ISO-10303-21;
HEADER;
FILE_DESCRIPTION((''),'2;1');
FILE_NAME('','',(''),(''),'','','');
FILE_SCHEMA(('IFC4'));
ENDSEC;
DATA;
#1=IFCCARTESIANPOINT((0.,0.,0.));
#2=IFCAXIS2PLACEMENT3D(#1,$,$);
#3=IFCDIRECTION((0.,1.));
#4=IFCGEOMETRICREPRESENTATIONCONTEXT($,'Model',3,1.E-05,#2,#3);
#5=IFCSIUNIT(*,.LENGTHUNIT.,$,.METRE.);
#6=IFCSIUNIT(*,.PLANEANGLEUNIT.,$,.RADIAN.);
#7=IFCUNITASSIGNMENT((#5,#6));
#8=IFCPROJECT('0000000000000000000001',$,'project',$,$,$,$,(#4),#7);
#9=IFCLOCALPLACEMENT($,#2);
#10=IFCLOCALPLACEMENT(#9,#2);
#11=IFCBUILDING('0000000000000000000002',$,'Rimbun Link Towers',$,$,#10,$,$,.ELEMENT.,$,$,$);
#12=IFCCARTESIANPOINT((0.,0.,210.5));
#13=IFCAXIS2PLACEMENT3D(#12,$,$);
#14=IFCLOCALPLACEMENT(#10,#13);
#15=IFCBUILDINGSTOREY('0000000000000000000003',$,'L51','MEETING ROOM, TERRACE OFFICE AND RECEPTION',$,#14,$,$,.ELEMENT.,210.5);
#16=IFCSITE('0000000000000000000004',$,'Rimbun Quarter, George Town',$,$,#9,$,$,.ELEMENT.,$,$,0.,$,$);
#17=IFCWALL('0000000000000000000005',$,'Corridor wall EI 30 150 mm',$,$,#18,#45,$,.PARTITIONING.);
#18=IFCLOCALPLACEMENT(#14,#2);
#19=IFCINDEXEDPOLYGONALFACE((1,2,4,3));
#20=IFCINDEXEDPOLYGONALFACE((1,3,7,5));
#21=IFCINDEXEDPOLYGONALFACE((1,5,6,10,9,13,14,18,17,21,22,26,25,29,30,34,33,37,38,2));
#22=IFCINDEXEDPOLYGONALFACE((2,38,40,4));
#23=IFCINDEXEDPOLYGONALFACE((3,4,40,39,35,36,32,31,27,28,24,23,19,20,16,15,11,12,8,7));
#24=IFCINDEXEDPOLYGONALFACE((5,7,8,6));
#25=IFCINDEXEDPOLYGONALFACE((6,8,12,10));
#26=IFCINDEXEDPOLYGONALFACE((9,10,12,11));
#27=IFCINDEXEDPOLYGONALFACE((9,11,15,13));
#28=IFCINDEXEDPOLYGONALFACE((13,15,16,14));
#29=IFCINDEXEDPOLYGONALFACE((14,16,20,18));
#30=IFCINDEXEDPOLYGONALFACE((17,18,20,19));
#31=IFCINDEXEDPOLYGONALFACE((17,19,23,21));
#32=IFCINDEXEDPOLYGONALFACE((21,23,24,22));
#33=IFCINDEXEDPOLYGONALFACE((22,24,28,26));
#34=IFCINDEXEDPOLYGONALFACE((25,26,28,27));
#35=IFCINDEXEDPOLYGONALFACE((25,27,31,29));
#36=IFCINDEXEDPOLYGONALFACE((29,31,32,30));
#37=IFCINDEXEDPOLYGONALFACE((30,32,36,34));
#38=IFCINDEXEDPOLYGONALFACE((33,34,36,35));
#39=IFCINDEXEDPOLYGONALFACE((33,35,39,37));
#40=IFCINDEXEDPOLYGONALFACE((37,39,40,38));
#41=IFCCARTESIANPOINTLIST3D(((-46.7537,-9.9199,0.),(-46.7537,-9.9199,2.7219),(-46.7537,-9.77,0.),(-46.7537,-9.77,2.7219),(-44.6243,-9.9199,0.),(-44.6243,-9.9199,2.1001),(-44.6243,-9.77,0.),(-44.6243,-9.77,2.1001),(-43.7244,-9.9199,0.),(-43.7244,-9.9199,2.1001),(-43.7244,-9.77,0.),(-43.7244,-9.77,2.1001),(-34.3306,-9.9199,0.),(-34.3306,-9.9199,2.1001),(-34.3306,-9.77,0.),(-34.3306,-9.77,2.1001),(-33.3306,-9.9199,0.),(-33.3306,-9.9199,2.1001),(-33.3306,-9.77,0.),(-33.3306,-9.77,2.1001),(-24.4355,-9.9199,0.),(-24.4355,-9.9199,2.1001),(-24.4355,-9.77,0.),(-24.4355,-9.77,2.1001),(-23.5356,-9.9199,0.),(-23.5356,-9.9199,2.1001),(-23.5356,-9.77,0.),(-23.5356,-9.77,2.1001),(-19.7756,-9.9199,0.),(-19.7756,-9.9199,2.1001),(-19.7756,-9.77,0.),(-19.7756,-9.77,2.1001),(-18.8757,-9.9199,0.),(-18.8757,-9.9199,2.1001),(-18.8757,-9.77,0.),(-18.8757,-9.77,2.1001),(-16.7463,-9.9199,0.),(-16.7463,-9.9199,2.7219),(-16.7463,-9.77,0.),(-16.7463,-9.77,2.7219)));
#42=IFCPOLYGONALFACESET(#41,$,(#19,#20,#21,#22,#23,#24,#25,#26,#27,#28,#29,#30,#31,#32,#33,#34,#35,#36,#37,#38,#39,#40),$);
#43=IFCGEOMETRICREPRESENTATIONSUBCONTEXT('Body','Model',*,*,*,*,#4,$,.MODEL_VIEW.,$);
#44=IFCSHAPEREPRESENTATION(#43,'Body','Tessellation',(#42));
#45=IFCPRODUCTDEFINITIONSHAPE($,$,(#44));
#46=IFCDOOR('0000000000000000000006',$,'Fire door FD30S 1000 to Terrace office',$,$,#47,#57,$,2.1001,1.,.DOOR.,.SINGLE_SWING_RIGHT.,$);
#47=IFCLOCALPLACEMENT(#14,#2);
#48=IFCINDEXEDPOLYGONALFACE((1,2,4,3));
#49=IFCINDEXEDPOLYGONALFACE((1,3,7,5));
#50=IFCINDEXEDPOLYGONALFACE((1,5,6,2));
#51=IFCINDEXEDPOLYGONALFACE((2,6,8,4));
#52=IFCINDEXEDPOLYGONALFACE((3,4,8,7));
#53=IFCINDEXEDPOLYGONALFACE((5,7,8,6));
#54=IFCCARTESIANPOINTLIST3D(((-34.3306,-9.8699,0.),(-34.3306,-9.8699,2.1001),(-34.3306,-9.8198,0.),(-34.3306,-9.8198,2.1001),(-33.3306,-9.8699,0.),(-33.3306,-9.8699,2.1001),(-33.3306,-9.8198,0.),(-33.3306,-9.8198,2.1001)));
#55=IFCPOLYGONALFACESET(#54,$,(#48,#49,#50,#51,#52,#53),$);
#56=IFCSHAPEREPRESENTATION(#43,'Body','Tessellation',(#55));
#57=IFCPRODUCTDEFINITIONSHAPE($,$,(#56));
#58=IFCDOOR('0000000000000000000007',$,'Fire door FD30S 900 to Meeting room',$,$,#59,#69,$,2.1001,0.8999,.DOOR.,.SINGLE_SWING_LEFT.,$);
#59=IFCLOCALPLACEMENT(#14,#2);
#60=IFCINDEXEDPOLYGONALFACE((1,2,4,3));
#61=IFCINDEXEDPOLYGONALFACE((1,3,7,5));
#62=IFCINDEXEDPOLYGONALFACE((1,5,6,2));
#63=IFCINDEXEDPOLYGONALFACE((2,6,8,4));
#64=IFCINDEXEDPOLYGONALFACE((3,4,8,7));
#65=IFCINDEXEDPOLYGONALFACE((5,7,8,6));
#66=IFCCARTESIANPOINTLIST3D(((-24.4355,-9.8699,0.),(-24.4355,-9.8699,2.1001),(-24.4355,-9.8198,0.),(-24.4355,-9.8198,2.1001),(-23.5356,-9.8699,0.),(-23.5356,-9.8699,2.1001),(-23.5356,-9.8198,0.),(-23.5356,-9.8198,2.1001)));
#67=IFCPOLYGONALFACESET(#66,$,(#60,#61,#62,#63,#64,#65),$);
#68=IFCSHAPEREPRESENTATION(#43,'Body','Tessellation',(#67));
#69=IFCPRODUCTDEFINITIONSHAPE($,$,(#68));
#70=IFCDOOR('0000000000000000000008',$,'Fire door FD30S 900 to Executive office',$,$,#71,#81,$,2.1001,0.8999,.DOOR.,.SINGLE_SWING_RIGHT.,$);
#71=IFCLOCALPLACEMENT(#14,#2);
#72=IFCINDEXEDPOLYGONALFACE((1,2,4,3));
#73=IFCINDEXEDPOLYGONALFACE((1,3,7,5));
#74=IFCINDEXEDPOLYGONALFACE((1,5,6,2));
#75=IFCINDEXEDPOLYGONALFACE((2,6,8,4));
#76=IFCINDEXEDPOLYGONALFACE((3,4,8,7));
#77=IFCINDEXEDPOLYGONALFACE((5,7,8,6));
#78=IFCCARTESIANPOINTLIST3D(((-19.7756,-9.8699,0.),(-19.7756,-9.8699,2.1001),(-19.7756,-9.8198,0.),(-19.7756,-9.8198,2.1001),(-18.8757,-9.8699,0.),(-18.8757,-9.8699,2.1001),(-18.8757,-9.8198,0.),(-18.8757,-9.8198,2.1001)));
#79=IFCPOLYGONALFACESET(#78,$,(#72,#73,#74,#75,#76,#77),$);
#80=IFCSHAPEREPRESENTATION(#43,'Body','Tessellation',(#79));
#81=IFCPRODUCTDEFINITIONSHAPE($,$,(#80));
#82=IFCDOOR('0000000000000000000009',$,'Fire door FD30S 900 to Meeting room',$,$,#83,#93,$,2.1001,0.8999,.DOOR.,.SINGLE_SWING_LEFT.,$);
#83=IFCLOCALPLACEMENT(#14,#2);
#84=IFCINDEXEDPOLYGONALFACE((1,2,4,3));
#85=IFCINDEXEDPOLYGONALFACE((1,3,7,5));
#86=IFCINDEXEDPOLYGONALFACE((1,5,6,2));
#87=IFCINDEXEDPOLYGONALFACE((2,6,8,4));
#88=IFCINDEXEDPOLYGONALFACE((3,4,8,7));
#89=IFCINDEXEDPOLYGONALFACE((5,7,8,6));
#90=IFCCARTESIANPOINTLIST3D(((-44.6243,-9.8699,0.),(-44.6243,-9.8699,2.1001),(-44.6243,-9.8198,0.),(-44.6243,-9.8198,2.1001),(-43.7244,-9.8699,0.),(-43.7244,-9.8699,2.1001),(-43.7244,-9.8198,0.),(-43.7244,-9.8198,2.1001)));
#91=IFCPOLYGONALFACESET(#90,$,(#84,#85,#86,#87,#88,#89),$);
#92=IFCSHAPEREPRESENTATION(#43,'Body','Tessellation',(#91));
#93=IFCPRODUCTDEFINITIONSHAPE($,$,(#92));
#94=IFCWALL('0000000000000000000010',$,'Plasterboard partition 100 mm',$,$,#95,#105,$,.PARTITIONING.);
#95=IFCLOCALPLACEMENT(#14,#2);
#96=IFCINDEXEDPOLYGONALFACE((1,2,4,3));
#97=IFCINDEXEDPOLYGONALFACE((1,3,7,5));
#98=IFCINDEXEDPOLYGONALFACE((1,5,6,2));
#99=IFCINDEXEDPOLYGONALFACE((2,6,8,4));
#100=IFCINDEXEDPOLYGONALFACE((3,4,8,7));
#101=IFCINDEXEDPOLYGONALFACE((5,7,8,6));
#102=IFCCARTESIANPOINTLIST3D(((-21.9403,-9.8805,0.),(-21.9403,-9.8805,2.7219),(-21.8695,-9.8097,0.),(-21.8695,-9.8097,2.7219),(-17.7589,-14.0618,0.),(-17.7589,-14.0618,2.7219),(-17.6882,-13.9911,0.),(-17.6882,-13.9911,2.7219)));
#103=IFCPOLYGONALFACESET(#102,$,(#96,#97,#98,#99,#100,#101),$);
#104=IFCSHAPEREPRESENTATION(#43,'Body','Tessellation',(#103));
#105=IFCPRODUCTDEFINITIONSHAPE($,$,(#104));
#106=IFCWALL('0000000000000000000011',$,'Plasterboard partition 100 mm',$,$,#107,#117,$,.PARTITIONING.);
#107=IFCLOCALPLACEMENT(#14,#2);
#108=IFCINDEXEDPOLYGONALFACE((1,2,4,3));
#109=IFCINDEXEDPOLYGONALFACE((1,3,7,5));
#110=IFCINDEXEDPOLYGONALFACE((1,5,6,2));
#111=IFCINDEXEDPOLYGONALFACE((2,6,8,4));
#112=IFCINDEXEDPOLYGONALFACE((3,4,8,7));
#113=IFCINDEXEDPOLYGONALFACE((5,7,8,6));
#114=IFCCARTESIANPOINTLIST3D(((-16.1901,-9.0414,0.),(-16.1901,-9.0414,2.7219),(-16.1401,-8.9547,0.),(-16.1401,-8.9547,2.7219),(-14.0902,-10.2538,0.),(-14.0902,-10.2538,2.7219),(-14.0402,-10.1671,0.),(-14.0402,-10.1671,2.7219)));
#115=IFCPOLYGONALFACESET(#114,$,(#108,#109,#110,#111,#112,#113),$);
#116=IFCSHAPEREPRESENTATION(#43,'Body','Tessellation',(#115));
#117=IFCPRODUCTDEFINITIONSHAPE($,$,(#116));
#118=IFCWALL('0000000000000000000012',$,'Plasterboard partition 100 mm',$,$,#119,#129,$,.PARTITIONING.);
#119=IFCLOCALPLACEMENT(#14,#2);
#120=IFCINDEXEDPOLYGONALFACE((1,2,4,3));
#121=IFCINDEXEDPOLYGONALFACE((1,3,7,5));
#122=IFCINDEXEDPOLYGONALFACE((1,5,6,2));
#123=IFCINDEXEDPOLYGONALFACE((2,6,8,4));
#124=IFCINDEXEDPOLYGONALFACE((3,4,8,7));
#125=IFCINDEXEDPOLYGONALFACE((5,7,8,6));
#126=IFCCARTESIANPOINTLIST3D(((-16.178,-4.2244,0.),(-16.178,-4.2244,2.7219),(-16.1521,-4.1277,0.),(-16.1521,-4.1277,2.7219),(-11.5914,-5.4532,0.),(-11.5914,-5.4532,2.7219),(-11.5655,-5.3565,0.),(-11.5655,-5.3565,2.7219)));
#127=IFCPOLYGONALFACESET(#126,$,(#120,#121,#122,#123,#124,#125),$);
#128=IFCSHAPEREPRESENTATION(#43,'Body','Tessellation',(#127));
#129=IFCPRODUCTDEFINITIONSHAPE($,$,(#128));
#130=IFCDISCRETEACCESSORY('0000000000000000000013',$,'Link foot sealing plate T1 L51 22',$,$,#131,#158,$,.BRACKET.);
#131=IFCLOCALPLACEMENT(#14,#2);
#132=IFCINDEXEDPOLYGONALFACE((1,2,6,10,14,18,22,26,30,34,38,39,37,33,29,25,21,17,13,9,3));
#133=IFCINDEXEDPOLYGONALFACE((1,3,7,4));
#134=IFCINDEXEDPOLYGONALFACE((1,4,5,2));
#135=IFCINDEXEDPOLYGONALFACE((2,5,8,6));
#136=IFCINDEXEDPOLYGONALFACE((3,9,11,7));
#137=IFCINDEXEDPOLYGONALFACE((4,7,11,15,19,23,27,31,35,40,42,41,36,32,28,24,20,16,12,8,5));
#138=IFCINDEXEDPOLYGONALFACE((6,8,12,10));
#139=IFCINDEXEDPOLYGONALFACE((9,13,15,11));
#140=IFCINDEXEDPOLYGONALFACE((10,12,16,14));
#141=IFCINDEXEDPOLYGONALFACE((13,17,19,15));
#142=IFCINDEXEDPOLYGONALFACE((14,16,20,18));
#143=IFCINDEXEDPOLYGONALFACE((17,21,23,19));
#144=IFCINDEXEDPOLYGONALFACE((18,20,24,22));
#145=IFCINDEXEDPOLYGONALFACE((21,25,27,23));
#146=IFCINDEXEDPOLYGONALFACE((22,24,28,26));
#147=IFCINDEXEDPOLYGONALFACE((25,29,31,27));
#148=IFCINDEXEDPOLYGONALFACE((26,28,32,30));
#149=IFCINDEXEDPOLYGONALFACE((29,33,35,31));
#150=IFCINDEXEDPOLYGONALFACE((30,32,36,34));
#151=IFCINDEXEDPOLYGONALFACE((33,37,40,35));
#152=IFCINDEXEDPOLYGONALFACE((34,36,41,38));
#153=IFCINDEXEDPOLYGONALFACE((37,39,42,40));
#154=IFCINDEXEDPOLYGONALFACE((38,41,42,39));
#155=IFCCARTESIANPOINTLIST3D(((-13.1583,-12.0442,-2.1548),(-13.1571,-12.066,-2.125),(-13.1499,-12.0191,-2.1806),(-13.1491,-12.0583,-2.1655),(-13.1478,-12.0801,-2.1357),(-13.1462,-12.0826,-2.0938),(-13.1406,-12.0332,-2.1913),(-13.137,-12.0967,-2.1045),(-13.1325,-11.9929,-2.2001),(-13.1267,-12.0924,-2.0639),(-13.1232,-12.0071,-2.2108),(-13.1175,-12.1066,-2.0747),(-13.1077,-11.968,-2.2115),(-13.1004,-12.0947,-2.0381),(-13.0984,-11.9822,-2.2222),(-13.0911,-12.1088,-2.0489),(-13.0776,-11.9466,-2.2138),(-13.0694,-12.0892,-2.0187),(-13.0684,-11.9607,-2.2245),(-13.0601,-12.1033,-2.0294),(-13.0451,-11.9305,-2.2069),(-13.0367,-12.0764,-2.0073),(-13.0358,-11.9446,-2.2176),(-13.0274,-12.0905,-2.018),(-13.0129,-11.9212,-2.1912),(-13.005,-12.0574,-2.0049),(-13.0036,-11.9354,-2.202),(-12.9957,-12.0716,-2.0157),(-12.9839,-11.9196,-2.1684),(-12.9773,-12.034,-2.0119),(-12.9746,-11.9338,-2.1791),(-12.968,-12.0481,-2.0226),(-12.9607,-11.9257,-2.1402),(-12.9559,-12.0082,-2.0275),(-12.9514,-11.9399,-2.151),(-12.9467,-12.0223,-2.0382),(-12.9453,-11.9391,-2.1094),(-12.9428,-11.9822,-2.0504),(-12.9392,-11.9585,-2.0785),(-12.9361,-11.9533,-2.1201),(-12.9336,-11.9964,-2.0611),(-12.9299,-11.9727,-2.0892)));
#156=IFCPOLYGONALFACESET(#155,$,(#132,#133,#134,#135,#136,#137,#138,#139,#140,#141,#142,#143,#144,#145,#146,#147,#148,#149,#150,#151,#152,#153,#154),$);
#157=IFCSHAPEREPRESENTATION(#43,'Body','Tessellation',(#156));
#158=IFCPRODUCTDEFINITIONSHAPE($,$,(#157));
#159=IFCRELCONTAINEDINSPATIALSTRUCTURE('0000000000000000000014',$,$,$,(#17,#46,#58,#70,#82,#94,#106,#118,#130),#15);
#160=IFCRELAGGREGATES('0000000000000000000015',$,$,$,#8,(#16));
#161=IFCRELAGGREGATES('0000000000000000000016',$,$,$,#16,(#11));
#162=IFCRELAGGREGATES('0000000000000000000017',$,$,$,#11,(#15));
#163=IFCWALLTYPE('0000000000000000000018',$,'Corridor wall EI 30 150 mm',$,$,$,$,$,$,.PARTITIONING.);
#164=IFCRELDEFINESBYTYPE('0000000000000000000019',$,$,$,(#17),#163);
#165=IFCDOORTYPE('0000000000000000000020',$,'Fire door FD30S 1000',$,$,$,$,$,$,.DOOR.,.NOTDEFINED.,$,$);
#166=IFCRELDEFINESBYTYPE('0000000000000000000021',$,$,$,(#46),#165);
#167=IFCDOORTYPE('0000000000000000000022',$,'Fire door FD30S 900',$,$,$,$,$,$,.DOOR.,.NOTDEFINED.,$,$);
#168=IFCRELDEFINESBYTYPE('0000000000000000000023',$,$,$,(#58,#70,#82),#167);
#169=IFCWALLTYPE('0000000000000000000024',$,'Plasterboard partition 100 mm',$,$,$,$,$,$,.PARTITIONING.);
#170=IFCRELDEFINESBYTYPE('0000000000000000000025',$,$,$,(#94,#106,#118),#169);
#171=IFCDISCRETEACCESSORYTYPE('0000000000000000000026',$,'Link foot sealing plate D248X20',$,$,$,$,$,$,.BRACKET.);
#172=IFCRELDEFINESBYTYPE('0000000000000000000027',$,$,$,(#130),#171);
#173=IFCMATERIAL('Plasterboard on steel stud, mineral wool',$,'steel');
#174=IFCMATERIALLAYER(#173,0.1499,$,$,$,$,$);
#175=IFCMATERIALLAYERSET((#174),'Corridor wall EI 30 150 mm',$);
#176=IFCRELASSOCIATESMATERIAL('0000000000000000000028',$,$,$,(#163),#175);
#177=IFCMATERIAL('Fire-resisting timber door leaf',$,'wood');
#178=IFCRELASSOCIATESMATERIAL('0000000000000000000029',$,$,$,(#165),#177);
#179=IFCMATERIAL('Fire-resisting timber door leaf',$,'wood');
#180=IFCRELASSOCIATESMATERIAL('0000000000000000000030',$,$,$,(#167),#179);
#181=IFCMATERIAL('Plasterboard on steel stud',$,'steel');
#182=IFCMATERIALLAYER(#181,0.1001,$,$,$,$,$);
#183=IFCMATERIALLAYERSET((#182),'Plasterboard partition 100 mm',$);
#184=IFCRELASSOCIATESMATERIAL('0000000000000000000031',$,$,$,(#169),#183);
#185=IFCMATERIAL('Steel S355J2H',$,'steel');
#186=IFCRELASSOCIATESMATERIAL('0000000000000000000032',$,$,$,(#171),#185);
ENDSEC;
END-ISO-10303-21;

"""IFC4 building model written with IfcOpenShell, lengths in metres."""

from ifc_helpers import new_model, si_unit, direction, frame, frame_2d, origin, origin_2d, place, context, subcontext, project, spatial, rectangle, circle, extrude, material, layer, layer_set, material_profile, profile_set, type_object, element, fill, save


model = new_model("IFC4")

# Units and contexts
model_context = context("Model", 3, precision=1e-05, world=origin(), true_north=direction((0.0, 1.0)))
body_context = subcontext(model_context, "Body", "Model", "MODEL_VIEW")
ifc_project = project(units=[si_unit("LENGTHUNIT", "METRE"), si_unit("PLANEANGLEUNIT", "RADIAN")], contexts=[model_context])

# Site, building, storey
site_placement = place(None, origin())
site = spatial("IfcSite", under=ifc_project, at=site_placement, Name="Rimbun Quarter, George Town", CompositionType="ELEMENT", RefElevation=0.0)
building_placement = place(site_placement, origin())
building = spatial("IfcBuilding", under=site, at=building_placement, Name="Rimbun Link Towers", CompositionType="ELEMENT")
storey_placement = place(building_placement, frame((0.0, 0.0, 210.5)))
storey = spatial("IfcBuildingStorey", under=building, at=storey_placement, Name="L51", Description="MEETING ROOM, TERRACE OFFICE AND RECEPTION", CompositionType="ELEMENT", Elevation=210.5)

# Shared definitions
ifc_material_1 = material(Name="Plasterboard on steel stud, mineral wool", Category="steel")
ifc_layer_1 = layer(ifc_material_1, 0.1499)
ifc_layer_set_1 = layer_set([ifc_layer_1], Name="Corridor wall EI 30 150 mm")
wall_type_1 = type_object("IfcWallType", Name="Corridor wall EI 30 150 mm", PredefinedType="PARTITIONING", material=ifc_layer_set_1)

# Wall, openings, doors
wall_1_placement = place(storey_placement, frame((-16.7463, -9.845, 0.0), z_axis=(0.0, 0.0, 1.0), x_axis=(-1.0, 0.0, 0.0)))
wall_1 = element("IfcWall", 1, at=wall_1_placement, inside=storey, type_object=wall_type_1, Name="Corridor wall EI 30 150 mm", PredefinedType="PARTITIONING", context=body_context, shape_type="SweptSolid", body=[
    extrude(rectangle(XDim=30.0073, YDim=0.1499, at=frame_2d((15.0037, 0.0))), origin(), (0.0, 0.0, 1.0), 2.7219),
])
opening_1_placement = place(wall_1_placement, frame((6.7893, 0.0, 0.0)))
opening_1 = element("IfcOpeningElement", 2, at=opening_1_placement, cuts=wall_1, PredefinedType="OPENING", context=body_context, shape_type="SweptSolid", body=[
    extrude(rectangle(XDim=0.8999, YDim=2.1001, at=frame_2d((0.45, 1.05))), frame((0.0, 0.085, 0.0), z_axis=(0.0, -1.0, 0.0), x_axis=(1.0, 0.0, 0.0)), (0.0, 0.0, 1.0), 0.1699),
])
opening_2_placement = place(wall_1_placement, frame((2.1294, 0.0, 0.0)))
opening_2 = element("IfcOpeningElement", 3, at=opening_2_placement, cuts=wall_1, PredefinedType="OPENING", context=body_context, shape_type="SweptSolid", body=[
    extrude(rectangle(XDim=0.8999, YDim=2.1001, at=frame_2d((0.45, 1.05))), frame((0.0, 0.085, 0.0), z_axis=(0.0, -1.0, 0.0), x_axis=(1.0, 0.0, 0.0)), (0.0, 0.0, 1.0), 0.1699),
])
opening_3_placement = place(wall_1_placement, frame((26.978, 0.0, 0.0)))
opening_3 = element("IfcOpeningElement", 4, at=opening_3_placement, cuts=wall_1, PredefinedType="OPENING", context=body_context, shape_type="SweptSolid", body=[
    extrude(rectangle(XDim=0.8999, YDim=2.1001, at=frame_2d((0.45, 1.05))), frame((0.0, 0.085, 0.0), z_axis=(0.0, -1.0, 0.0), x_axis=(1.0, 0.0, 0.0)), (0.0, 0.0, 1.0), 0.1699),
])
opening_4_placement = place(wall_1_placement, frame((16.5842, 0.0, 0.0)))
opening_4 = element("IfcOpeningElement", 5, at=opening_4_placement, cuts=wall_1, PredefinedType="OPENING", context=body_context, shape_type="SweptSolid", body=[
    extrude(rectangle(XDim=1.0, YDim=2.1001, at=frame_2d((0.5, 1.05))), frame((0.0, 0.085, 0.0), z_axis=(0.0, -1.0, 0.0), x_axis=(1.0, 0.0, 0.0)), (0.0, 0.0, 1.0), 0.1699),
])
ifc_material_2 = material(Name="Fire-resisting timber door leaf", Category="wood")
door_type_1 = type_object("IfcDoorType", Name="Fire door FD30S 1000", OperationType="NOTDEFINED", PredefinedType="DOOR", material=ifc_material_2)
door_1_placement = place(opening_4_placement, origin())
door_1 = element("IfcDoor", 6, at=door_1_placement, inside=storey, type_object=door_type_1, Name="Fire door FD30S 1000 to Terrace office", OperationType="SINGLE_SWING_RIGHT", OverallHeight=2.1001, OverallWidth=1.0, PredefinedType="DOOR", context=body_context, shape_type="SweptSolid", body=[
    extrude(rectangle(XDim=1.0, YDim=2.1001, at=frame_2d((0.5, 1.05))), frame((0.0, 0.0249, 0.0), z_axis=(0.0, -1.0, 0.0), x_axis=(1.0, 0.0, 0.0)), (0.0, 0.0, 1.0), 0.05),
])
fill(opening_4, door_1)
ifc_material_3 = material(Name="Fire-resisting timber door leaf", Category="wood")
door_type_2 = type_object("IfcDoorType", Name="Fire door FD30S 900", OperationType="NOTDEFINED", PredefinedType="DOOR", material=ifc_material_3)
door_2_placement = place(opening_1_placement, origin())
door_2 = element("IfcDoor", 7, at=door_2_placement, inside=storey, type_object=door_type_2, Name="Fire door FD30S 900 to Meeting room", OperationType="SINGLE_SWING_LEFT", OverallHeight=2.1001, OverallWidth=0.8999, PredefinedType="DOOR", context=body_context, shape_type="SweptSolid", body=[
    extrude(rectangle(XDim=0.8999, YDim=2.1001, at=frame_2d((0.45, 1.05))), frame((0.0, 0.0249, 0.0), z_axis=(0.0, -1.0, 0.0), x_axis=(1.0, 0.0, 0.0)), (0.0, 0.0, 1.0), 0.05),
])
fill(opening_1, door_2)
door_3_placement = place(opening_2_placement, origin())
door_3 = element("IfcDoor", 8, at=door_3_placement, inside=storey, type_object=door_type_2, Name="Fire door FD30S 900 to Executive office", OperationType="SINGLE_SWING_RIGHT", OverallHeight=2.1001, OverallWidth=0.8999, PredefinedType="DOOR", context=body_context, shape_type="SweptSolid", body=[
    extrude(rectangle(XDim=0.8999, YDim=2.1001, at=frame_2d((0.45, 1.05))), frame((0.0, 0.0249, 0.0), z_axis=(0.0, -1.0, 0.0), x_axis=(1.0, 0.0, 0.0)), (0.0, 0.0, 1.0), 0.05),
])
fill(opening_2, door_3)
door_4_placement = place(opening_3_placement, origin())
door_4 = element("IfcDoor", 9, at=door_4_placement, inside=storey, type_object=door_type_2, Name="Fire door FD30S 900 to Meeting room", OperationType="SINGLE_SWING_LEFT", OverallHeight=2.1001, OverallWidth=0.8999, PredefinedType="DOOR", context=body_context, shape_type="SweptSolid", body=[
    extrude(rectangle(XDim=0.8999, YDim=2.1001, at=frame_2d((0.45, 1.05))), frame((0.0, 0.0249, 0.0), z_axis=(0.0, -1.0, 0.0), x_axis=(1.0, 0.0, 0.0)), (0.0, 0.0, 1.0), 0.05),
])
fill(opening_3, door_4)

# Walls
ifc_material_4 = material(Name="Plasterboard on steel stud", Category="steel")
ifc_layer_2 = layer(ifc_material_4, 0.1001)
ifc_layer_set_2 = layer_set([ifc_layer_2], Name="Plasterboard partition 100 mm")
wall_type_2 = type_object("IfcWallType", Name="Plasterboard partition 100 mm", PredefinedType="PARTITIONING", material=ifc_layer_set_2)
wall_2_placement = place(storey_placement, frame((-17.7236, -14.0264, 0.0), z_axis=(0.0, 0.0, 1.0), x_axis=(-0.707107, 0.707107, 0.0)))
element("IfcWall", 10, at=wall_2_placement, inside=storey, type_object=wall_type_2, Name="Plasterboard partition 100 mm", PredefinedType="PARTITIONING", context=body_context, shape_type="SweptSolid", body=[
    extrude(rectangle(XDim=5.9133, YDim=0.1001, at=frame_2d((2.9565, 0.0))), origin(), (0.0, 0.0, 1.0), 2.7219),
])
wall_3_placement = place(storey_placement, frame((-14.0652, -10.2104, 0.0), z_axis=(0.0, 0.0, 1.0), x_axis=(-0.866016, 0.500016, 0.0)))
element("IfcWall", 11, at=wall_3_placement, inside=storey, type_object=wall_type_2, Name="Plasterboard partition 100 mm", PredefinedType="PARTITIONING", context=body_context, shape_type="SweptSolid", body=[
    extrude(rectangle(XDim=2.4248, YDim=0.1001, at=frame_2d((1.2124, 0.0))), origin(), (0.0, 0.0, 1.0), 2.7219),
])
wall_4_placement = place(storey_placement, frame((-11.5786, -5.4048, 0.0), z_axis=(0.0, 0.0, 1.0), x_axis=(-0.965935, 0.258786, 0.0)))
element("IfcWall", 12, at=wall_4_placement, inside=storey, type_object=wall_type_2, Name="Plasterboard partition 100 mm", PredefinedType="PARTITIONING", context=body_context, shape_type="SweptSolid", body=[
    extrude(rectangle(XDim=4.7483, YDim=0.1001, at=frame_2d((2.374, 0.0))), origin(), (0.0, 0.0, 1.0), 2.7219),
])

# Discrete accessory
ifc_material_5 = material(Name="Steel S355J2H", Category="steel")
ifc_material_profile_1 = material_profile(ifc_material_5, circle(Radius=0.124, at=origin_2d()), Name="PL D248")
ifc_profile_set_1 = profile_set([ifc_material_profile_1], Name="Steel S355J2H")
discrete_accessory_type = type_object("IfcDiscreteAccessoryType", Name="Link foot sealing plate D248X20", PredefinedType="BRACKET", material=ifc_profile_set_1)
discrete_accessory_placement = place(storey_placement, frame((-13.0491, -12.0071, -2.1094), z_axis=(0.462727, -0.706267, -0.535789), x_axis=(0.836461, 0.548026, 0.0)))
element("IfcDiscreteAccessory", 13, at=discrete_accessory_placement, inside=storey, type_object=discrete_accessory_type, Name="Link foot sealing plate T1 L51 22", PredefinedType="BRACKET", context=body_context, shape_type="SweptSolid", body=[
    extrude(circle(Radius=0.124, at=origin_2d()), origin(), (0.0, 0.0, 1.0), 0.02),
])

save(model, "model.ifc")
